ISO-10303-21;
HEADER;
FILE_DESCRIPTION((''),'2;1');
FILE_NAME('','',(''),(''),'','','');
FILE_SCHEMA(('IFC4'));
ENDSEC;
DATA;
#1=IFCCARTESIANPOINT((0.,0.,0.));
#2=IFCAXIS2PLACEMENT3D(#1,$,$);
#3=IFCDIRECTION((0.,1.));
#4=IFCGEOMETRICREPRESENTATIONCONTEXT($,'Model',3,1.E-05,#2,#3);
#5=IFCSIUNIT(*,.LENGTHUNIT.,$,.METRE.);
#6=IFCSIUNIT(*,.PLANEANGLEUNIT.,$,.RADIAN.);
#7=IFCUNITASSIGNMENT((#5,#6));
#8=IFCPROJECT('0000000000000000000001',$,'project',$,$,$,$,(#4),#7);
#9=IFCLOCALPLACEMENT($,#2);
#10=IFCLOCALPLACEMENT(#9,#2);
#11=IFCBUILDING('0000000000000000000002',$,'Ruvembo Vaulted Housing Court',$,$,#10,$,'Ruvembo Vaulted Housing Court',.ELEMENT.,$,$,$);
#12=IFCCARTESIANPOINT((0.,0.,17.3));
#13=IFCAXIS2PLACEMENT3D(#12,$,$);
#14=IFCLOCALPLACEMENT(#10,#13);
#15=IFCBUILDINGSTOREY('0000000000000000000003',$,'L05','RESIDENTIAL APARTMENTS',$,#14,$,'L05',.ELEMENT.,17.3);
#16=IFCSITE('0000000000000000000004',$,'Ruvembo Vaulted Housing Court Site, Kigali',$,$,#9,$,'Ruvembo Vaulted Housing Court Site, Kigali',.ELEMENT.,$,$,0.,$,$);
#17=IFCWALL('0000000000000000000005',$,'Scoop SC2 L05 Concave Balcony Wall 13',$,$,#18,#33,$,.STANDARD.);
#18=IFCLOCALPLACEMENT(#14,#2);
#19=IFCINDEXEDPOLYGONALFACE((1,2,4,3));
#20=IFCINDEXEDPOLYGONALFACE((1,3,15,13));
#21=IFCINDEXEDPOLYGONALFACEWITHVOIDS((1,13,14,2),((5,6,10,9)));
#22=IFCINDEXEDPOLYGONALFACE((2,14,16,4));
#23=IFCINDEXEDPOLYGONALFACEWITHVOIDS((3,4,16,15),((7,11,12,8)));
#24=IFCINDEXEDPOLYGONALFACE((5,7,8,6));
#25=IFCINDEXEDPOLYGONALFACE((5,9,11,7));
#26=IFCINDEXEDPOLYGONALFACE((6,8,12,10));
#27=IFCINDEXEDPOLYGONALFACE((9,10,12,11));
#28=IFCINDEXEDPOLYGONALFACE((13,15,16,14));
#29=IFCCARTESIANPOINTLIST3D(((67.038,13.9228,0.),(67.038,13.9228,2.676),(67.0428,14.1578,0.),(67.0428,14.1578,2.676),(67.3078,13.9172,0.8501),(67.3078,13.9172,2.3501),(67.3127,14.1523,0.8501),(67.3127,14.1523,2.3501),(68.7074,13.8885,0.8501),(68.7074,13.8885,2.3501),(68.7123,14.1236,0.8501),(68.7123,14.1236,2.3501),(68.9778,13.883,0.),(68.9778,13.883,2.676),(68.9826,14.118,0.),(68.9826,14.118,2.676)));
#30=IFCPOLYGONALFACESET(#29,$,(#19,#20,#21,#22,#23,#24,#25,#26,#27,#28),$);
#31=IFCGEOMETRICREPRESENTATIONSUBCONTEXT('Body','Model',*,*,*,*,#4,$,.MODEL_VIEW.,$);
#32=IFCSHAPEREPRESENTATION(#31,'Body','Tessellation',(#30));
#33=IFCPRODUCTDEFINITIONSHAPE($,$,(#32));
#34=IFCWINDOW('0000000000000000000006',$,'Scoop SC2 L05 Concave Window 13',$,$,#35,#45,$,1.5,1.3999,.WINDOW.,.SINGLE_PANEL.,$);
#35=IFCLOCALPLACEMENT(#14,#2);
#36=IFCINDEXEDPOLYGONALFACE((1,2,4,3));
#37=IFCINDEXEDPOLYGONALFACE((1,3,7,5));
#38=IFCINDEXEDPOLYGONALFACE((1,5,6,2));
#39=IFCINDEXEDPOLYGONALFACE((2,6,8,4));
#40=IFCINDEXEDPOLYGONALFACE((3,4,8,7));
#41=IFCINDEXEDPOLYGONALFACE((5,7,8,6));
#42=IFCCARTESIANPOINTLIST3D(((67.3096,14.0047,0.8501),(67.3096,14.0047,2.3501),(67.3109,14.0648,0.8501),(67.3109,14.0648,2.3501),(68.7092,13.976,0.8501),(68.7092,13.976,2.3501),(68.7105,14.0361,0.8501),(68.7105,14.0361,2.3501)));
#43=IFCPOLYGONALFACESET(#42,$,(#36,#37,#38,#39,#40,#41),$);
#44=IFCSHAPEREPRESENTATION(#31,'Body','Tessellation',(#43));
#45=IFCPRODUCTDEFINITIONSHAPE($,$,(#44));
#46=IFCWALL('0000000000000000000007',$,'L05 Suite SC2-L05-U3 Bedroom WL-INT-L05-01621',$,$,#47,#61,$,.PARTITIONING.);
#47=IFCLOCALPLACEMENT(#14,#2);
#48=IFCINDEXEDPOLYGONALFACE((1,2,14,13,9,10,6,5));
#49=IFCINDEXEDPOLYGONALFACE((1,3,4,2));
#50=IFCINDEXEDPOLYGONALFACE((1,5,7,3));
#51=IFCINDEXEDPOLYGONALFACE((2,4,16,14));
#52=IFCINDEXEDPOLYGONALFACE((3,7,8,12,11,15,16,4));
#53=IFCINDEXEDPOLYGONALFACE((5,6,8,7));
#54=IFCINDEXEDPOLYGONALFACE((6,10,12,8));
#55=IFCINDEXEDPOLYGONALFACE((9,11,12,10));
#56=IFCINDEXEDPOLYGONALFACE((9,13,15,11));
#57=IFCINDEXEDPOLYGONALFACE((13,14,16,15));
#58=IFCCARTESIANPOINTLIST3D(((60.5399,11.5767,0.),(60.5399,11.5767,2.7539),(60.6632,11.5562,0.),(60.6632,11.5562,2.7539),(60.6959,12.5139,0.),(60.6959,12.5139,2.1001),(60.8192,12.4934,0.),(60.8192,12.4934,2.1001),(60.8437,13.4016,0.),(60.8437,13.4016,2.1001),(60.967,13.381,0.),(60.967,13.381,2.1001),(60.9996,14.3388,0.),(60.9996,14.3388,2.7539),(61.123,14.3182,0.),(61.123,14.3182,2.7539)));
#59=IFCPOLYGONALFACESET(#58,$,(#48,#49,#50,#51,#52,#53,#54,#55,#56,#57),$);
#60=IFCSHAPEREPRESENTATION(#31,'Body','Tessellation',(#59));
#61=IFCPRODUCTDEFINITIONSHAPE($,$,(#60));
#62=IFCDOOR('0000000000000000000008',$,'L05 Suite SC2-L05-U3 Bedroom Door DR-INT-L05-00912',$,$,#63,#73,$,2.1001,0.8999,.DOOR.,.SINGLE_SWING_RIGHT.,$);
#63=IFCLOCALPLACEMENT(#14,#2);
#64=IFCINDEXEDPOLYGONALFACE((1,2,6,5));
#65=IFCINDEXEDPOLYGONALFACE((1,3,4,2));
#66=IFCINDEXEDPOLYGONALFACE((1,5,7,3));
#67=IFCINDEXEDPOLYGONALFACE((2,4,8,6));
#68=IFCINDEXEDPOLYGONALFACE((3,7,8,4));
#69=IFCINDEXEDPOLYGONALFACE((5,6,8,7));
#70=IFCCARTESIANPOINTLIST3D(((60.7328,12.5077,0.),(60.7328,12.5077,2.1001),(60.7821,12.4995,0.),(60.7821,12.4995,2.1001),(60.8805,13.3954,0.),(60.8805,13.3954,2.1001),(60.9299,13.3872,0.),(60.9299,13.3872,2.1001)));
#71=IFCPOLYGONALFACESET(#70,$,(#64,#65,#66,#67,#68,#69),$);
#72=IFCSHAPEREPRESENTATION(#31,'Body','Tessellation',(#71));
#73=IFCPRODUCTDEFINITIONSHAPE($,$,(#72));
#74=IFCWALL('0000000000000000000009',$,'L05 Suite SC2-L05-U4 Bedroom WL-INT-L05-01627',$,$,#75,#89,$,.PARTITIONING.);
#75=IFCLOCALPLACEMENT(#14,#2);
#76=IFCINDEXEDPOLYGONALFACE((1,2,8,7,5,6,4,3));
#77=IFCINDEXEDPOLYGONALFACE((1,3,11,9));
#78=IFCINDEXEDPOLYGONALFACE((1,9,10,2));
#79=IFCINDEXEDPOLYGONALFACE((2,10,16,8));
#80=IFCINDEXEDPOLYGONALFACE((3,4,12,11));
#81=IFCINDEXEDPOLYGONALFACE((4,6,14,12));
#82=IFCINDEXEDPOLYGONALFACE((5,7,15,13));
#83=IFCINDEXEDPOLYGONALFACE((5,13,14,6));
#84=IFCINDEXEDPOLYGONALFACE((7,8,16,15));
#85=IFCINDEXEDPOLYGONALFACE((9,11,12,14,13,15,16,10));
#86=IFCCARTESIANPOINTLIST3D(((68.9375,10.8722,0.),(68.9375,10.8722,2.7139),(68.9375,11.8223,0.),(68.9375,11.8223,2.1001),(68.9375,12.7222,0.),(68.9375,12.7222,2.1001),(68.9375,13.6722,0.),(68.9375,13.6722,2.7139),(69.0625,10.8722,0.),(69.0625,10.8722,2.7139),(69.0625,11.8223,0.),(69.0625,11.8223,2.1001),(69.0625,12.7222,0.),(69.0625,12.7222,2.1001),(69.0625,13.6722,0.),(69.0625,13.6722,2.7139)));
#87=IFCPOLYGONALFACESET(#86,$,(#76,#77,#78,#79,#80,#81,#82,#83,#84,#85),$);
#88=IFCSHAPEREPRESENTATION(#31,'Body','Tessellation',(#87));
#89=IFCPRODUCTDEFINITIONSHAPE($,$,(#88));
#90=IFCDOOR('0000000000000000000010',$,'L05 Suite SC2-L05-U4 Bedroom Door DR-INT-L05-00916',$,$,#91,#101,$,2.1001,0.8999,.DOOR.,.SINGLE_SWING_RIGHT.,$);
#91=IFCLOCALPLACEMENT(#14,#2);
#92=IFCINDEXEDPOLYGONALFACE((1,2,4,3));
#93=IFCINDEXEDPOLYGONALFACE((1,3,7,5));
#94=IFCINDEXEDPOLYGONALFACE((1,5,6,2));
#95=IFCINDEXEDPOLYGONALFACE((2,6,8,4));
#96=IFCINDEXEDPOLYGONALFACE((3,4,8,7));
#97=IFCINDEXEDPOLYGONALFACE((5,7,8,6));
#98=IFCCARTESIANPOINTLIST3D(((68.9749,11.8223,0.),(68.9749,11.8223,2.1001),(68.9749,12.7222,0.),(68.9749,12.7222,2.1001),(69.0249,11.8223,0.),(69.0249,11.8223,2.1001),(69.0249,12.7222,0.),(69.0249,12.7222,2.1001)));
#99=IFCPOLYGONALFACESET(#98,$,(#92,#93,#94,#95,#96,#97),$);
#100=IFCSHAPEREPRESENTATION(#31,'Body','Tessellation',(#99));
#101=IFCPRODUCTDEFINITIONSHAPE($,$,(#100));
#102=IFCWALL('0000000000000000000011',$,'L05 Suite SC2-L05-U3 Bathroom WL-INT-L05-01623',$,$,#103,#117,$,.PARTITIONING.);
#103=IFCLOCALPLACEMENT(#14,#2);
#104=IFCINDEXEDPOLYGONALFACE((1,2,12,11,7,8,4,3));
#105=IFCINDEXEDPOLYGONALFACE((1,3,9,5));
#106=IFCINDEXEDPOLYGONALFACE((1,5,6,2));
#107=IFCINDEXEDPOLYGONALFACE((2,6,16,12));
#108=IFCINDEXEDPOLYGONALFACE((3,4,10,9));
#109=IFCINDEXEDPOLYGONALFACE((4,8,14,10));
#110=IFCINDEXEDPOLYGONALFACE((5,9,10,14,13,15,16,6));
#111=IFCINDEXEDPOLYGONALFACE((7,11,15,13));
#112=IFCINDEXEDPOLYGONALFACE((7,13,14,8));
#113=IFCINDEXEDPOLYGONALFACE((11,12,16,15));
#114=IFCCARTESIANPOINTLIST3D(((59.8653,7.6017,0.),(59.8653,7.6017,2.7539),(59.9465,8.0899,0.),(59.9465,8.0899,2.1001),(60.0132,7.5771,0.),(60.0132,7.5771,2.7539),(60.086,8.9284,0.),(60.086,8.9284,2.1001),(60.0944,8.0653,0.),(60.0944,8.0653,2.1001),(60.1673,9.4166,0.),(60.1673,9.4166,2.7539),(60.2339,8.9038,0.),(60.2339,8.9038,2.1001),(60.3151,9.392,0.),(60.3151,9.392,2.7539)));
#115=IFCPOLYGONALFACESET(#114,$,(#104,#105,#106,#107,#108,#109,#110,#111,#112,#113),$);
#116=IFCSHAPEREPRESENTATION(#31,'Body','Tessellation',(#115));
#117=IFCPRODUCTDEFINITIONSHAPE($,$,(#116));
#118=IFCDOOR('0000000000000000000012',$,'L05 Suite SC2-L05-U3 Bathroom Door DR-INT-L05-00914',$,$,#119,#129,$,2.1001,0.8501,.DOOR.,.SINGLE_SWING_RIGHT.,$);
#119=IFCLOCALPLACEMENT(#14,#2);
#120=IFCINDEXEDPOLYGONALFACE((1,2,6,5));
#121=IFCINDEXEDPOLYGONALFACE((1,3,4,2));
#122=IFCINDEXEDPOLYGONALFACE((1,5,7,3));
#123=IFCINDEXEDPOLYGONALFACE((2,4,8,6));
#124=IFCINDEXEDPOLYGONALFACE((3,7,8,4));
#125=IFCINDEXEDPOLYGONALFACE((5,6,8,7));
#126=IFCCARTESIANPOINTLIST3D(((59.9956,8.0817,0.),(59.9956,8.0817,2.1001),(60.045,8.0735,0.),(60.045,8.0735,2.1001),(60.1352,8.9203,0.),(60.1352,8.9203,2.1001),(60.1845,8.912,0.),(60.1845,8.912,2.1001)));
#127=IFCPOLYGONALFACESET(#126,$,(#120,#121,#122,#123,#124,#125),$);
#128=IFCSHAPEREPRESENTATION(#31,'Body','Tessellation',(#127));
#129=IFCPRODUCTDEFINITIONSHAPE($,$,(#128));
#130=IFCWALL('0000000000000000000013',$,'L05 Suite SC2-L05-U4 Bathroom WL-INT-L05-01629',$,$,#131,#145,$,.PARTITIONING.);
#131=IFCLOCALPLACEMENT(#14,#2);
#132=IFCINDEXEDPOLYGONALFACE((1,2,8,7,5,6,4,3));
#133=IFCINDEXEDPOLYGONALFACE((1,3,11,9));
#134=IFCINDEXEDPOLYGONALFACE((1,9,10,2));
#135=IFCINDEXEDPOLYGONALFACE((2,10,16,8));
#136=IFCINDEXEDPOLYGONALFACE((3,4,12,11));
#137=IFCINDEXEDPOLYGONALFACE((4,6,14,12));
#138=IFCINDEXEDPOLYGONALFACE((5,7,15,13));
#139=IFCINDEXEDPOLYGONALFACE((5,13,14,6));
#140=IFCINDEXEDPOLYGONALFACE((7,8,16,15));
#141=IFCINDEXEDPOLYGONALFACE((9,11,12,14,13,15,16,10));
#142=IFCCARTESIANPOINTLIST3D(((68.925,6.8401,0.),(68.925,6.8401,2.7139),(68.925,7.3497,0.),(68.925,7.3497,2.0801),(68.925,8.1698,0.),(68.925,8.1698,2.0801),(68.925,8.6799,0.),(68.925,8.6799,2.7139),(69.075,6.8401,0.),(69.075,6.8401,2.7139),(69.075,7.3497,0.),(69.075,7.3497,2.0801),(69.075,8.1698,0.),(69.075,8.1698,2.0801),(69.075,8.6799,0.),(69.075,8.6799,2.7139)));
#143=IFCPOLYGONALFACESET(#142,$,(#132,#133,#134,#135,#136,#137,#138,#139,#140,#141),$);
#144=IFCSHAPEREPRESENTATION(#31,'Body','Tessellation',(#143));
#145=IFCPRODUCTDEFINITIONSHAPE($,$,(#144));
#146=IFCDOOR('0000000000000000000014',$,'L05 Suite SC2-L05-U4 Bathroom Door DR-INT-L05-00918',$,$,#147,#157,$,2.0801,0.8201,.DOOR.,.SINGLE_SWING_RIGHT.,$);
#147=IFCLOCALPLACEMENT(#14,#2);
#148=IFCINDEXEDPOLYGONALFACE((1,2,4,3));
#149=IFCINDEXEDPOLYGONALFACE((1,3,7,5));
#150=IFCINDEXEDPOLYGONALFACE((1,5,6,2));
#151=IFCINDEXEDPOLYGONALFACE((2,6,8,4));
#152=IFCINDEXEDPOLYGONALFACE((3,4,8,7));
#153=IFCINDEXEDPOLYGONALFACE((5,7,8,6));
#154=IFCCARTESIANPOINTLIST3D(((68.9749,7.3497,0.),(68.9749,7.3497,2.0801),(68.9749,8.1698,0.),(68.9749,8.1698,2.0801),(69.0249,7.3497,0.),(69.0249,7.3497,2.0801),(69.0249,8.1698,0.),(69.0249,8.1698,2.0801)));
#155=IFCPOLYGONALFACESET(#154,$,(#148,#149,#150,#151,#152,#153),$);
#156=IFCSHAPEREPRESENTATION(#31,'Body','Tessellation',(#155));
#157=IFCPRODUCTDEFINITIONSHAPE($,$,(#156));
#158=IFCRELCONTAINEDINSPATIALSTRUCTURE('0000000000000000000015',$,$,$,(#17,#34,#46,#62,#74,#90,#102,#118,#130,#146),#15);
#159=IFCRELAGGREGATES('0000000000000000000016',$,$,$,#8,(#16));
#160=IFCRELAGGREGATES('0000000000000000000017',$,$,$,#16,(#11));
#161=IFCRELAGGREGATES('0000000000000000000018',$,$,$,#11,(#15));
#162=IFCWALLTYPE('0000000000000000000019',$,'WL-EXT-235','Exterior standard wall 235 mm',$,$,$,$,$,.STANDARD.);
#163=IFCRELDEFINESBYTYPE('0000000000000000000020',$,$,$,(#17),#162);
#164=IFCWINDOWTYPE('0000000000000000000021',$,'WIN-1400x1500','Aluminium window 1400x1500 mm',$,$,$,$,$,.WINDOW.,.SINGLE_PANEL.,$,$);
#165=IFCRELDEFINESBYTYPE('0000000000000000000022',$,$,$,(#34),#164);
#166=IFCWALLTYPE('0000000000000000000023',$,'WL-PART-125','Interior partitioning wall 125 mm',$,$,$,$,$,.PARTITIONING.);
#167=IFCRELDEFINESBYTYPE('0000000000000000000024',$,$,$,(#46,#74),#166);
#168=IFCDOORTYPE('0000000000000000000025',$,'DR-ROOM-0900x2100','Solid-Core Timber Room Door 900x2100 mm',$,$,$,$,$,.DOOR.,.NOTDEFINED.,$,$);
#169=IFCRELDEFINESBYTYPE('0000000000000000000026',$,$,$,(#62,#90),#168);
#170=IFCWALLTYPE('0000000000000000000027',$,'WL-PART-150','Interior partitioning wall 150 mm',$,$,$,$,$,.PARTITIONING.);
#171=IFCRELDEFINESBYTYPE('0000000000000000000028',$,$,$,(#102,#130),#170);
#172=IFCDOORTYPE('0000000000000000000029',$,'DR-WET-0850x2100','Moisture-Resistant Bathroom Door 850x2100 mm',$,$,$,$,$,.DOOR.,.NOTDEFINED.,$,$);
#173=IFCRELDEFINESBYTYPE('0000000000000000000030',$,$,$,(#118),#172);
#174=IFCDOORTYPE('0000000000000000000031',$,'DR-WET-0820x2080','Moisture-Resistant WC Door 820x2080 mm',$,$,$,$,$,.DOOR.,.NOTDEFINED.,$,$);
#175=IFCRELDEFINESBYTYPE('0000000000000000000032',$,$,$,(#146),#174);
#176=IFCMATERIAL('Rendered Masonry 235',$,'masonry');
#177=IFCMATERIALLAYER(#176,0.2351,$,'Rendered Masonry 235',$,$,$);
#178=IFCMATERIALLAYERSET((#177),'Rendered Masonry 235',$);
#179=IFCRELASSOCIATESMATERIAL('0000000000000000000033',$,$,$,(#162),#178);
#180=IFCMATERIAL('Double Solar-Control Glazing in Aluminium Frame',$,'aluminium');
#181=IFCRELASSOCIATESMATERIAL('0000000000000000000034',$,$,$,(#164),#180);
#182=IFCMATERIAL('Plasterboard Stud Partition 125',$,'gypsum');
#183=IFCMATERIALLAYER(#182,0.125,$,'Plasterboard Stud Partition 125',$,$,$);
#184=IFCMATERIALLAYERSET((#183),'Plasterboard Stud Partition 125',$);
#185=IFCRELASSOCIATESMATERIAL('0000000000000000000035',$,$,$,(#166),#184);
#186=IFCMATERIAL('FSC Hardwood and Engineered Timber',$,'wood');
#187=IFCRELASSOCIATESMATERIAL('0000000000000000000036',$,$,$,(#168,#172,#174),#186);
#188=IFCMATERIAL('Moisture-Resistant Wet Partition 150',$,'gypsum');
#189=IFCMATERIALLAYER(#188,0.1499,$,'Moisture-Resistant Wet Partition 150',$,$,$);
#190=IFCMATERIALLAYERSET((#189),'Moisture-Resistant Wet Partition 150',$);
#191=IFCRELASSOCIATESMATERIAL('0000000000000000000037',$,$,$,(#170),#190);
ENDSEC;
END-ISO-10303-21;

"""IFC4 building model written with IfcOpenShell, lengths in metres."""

from ifc_helpers import new_model, si_unit, direction, frame, frame_2d, origin, place, context, subcontext, project, spatial, rectangle, extrude, material, layer, layer_set, type_object, element, fill, save


model = new_model("IFC4")

# Units and contexts
model_context = context("Model", 3, precision=1e-05, world=origin(), true_north=direction((0.0, 1.0)))
body_context = subcontext(model_context, "Body", "Model", "MODEL_VIEW")
ifc_project = project(units=[si_unit("LENGTHUNIT", "METRE"), si_unit("PLANEANGLEUNIT", "RADIAN")], contexts=[model_context])

# Site, building, storey
site_placement = place(None, origin())
site = spatial("IfcSite", under=ifc_project, at=site_placement, Name="Ruvembo Vaulted Housing Court Site, Kigali", LongName="Ruvembo Vaulted Housing Court Site, Kigali", CompositionType="ELEMENT", RefElevation=0.0)
building_placement = place(site_placement, origin())
building = spatial("IfcBuilding", under=site, at=building_placement, Name="Ruvembo Vaulted Housing Court", LongName="Ruvembo Vaulted Housing Court", CompositionType="ELEMENT")
storey_placement = place(building_placement, frame((0.0, 0.0, 17.3)))
storey = spatial("IfcBuildingStorey", under=building, at=storey_placement, Name="L05", Description="RESIDENTIAL APARTMENTS", LongName="L05", CompositionType="ELEMENT", Elevation=17.3)

# Shared definitions
ifc_material_1 = material(Name="Rendered Masonry 235", Category="masonry")
ifc_layer_1 = layer(ifc_material_1, 0.2351, Name="Rendered Masonry 235")
ifc_layer_set_1 = layer_set([ifc_layer_1], Name="Rendered Masonry 235")
wall_type_1 = type_object("IfcWallType", Name="WL-EXT-235", Description="Exterior standard wall 235 mm", PredefinedType="STANDARD", material=ifc_layer_set_1)
ifc_material_2 = material(Name="Double Solar-Control Glazing in Aluminium Frame", Category="aluminium")

# Wall, opening, window
wall_1_placement = place(storey_placement, frame((67.0403, 14.0403, 0.0), z_axis=(0.0, 0.0, 1.0), x_axis=(0.99979, -0.020512, 0.0)))
wall_1 = element("IfcWall", 1, at=wall_1_placement, inside=storey, type_object=wall_type_1, Name="Scoop SC2 L05 Concave Balcony Wall 13", PredefinedType="STANDARD", context=body_context, shape_type="SweptSolid", body=[
    extrude(rectangle(XDim=1.9402, YDim=0.2351, at=frame_2d((0.9702, 0.0))), origin(), (0.0, 0.0, 1.0), 2.676),
])
opening_1_placement = place(wall_1_placement, frame((0.27, 0.0, 0.8501)))
opening_1 = element("IfcOpeningElement", 2, at=opening_1_placement, cuts=wall_1, PredefinedType="OPENING", context=body_context, shape_type="SweptSolid", body=[
    extrude(rectangle(XDim=1.3999, YDim=1.5, at=frame_2d((0.7, 0.75))), frame((0.0, 0.1274, 0.0), z_axis=(0.0, -1.0, 0.0), x_axis=(1.0, 0.0, 0.0)), (0.0, 0.0, 1.0), 0.2551),
])
window_type_1 = type_object("IfcWindowType", Name="WIN-1400x1500", Description="Aluminium window 1400x1500 mm", PartitioningType="SINGLE_PANEL", PredefinedType="WINDOW", material=ifc_material_2)
window_1_placement = place(opening_1_placement, origin())
window_1 = element("IfcWindow", 3, at=window_1_placement, inside=storey, type_object=window_type_1, Name="Scoop SC2 L05 Concave Window 13", OverallHeight=1.5, OverallWidth=1.3999, PartitioningType="SINGLE_PANEL", PredefinedType="WINDOW", context=body_context, shape_type="SweptSolid", body=[
    extrude(rectangle(XDim=1.3999, YDim=1.5, at=frame_2d((0.7, 0.75))), frame((0.0, 0.03, 0.0), z_axis=(0.0, -1.0, 0.0), x_axis=(1.0, 0.0, 0.0)), (0.0, 0.0, 1.0), 0.0601),
])
fill(opening_1, window_1)

# Walls, openings, doors
ifc_material_3 = material(Name="Plasterboard Stud Partition 125", Category="gypsum")
ifc_layer_2 = layer(ifc_material_3, 0.125, Name="Plasterboard Stud Partition 125")
ifc_layer_set_2 = layer_set([ifc_layer_2], Name="Plasterboard Stud Partition 125")
wall_type_2 = type_object("IfcWallType", Name="WL-PART-125", Description="Interior partitioning wall 125 mm", PredefinedType="PARTITIONING", material=ifc_layer_set_2)
wall_2_placement = place(storey_placement, frame((61.0613, 14.3284, 0.0), z_axis=(0.0, 0.0, 1.0), x_axis=(-0.164187, -0.986429, 0.0)))
wall_2 = element("IfcWall", 4, at=wall_2_placement, inside=storey, type_object=wall_type_2, Name="L05 Suite SC2-L05-U3 Bedroom WL-INT-L05-01621", PredefinedType="PARTITIONING", context=body_context, shape_type="SweptSolid", body=[
    extrude(rectangle(XDim=2.8, YDim=0.125, at=frame_2d((1.3999, 0.0))), origin(), (0.0, 0.0, 1.0), 2.7539),
])
opening_2_placement = place(wall_2_placement, frame((0.95, 0.0, 0.0)))
opening_2 = element("IfcOpeningElement", 5, at=opening_2_placement, cuts=wall_2, PredefinedType="OPENING", context=body_context, shape_type="SweptSolid", body=[
    extrude(rectangle(XDim=0.8999, YDim=2.1001, at=frame_2d((0.45, 1.05))), frame((0.0, 0.0725, 0.0), z_axis=(0.0, -1.0, 0.0), x_axis=(1.0, 0.0, 0.0)), (0.0, 0.0, 1.0), 0.145),
])
ifc_material_4 = material(Name="FSC Hardwood and Engineered Timber", Category="wood")
door_type_1 = type_object("IfcDoorType", Name="DR-ROOM-0900x2100", Description="Solid-Core Timber Room Door 900x2100 mm", OperationType="NOTDEFINED", PredefinedType="DOOR", material=ifc_material_4)
door_1_placement = place(opening_2_placement, origin())
door_1 = element("IfcDoor", 6, at=door_1_placement, inside=storey, type_object=door_type_1, Name="L05 Suite SC2-L05-U3 Bedroom Door DR-INT-L05-00912", OperationType="SINGLE_SWING_RIGHT", OverallHeight=2.1001, OverallWidth=0.8999, PredefinedType="DOOR", context=body_context, shape_type="SweptSolid", body=[
    extrude(rectangle(XDim=0.8999, YDim=2.1001, at=frame_2d((0.45, 1.05))), frame((0.0, 0.0249, 0.0), z_axis=(0.0, -1.0, 0.0), x_axis=(1.0, 0.0, 0.0)), (0.0, 0.0, 1.0), 0.05),
])
fill(opening_2, door_1)
wall_3_placement = place(storey_placement, frame((69.0, 13.6721, 0.0), z_axis=(0.0, 0.0, 1.0), x_axis=(0.0, -1.0, 0.0)))
wall_3 = element("IfcWall", 7, at=wall_3_placement, inside=storey, type_object=wall_type_2, Name="L05 Suite SC2-L05-U4 Bedroom WL-INT-L05-01627", PredefinedType="PARTITIONING", context=body_context, shape_type="SweptSolid", body=[
    extrude(rectangle(XDim=2.8, YDim=0.125, at=frame_2d((1.3999, 0.0))), origin(), (0.0, 0.0, 1.0), 2.7139),
])
opening_3_placement = place(wall_3_placement, frame((0.95, 0.0, 0.0)))
opening_3 = element("IfcOpeningElement", 8, at=opening_3_placement, cuts=wall_3, PredefinedType="OPENING", context=body_context, shape_type="SweptSolid", body=[
    extrude(rectangle(XDim=0.8999, YDim=2.1001, at=frame_2d((0.45, 1.05))), frame((0.0, 0.0725, 0.0), z_axis=(0.0, -1.0, 0.0), x_axis=(1.0, 0.0, 0.0)), (0.0, 0.0, 1.0), 0.145),
])
door_2_placement = place(opening_3_placement, origin())
door_2 = element("IfcDoor", 9, at=door_2_placement, inside=storey, type_object=door_type_1, Name="L05 Suite SC2-L05-U4 Bedroom Door DR-INT-L05-00916", OperationType="SINGLE_SWING_RIGHT", OverallHeight=2.1001, OverallWidth=0.8999, PredefinedType="DOOR", context=body_context, shape_type="SweptSolid", body=[
    extrude(rectangle(XDim=0.8999, YDim=2.1001, at=frame_2d((0.45, 1.05))), frame((0.0, 0.0249, 0.0), z_axis=(0.0, -1.0, 0.0), x_axis=(1.0, 0.0, 0.0)), (0.0, 0.0, 1.0), 0.05),
])
fill(opening_3, door_2)
ifc_material_5 = material(Name="Moisture-Resistant Wet Partition 150", Category="gypsum")
ifc_layer_3 = layer(ifc_material_5, 0.1499, Name="Moisture-Resistant Wet Partition 150")
ifc_layer_set_3 = layer_set([ifc_layer_3], Name="Moisture-Resistant Wet Partition 150")
wall_type_3 = type_object("IfcWallType", Name="WL-PART-150", Description="Interior partitioning wall 150 mm", PredefinedType="PARTITIONING", material=ifc_layer_set_3)
wall_4_placement = place(storey_placement, frame((60.2412, 9.4043, 0.0), z_axis=(0.0, 0.0, 1.0), x_axis=(-0.164141, -0.986437, 0.0)))
wall_4 = element("IfcWall", 10, at=wall_4_placement, inside=storey, type_object=wall_type_3, Name="L05 Suite SC2-L05-U3 Bathroom WL-INT-L05-01623", PredefinedType="PARTITIONING", context=body_context, shape_type="SweptSolid", body=[
    extrude(rectangle(XDim=1.8398, YDim=0.1499, at=frame_2d((0.9199, 0.0))), origin(), (0.0, 0.0, 1.0), 2.7539),
])
opening_4_placement = place(wall_4_placement, frame((0.4949, 0.0, 0.0)))
opening_4 = element("IfcOpeningElement", 11, at=opening_4_placement, cuts=wall_4, PredefinedType="OPENING", context=body_context, shape_type="SweptSolid", body=[
    extrude(rectangle(XDim=0.8501, YDim=2.1001, at=frame_2d((0.425, 1.05))), frame((0.0, 0.085, 0.0), z_axis=(0.0, -1.0, 0.0), x_axis=(1.0, 0.0, 0.0)), (0.0, 0.0, 1.0), 0.1699),
])
door_type_2 = type_object("IfcDoorType", Name="DR-WET-0850x2100", Description="Moisture-Resistant Bathroom Door 850x2100 mm", OperationType="NOTDEFINED", PredefinedType="DOOR", material=ifc_material_4)
door_3_placement = place(opening_4_placement, origin())
door_3 = element("IfcDoor", 12, at=door_3_placement, inside=storey, type_object=door_type_2, Name="L05 Suite SC2-L05-U3 Bathroom Door DR-INT-L05-00914", OperationType="SINGLE_SWING_RIGHT", OverallHeight=2.1001, OverallWidth=0.8501, PredefinedType="DOOR", context=body_context, shape_type="SweptSolid", body=[
    extrude(rectangle(XDim=0.8501, YDim=2.1001, at=frame_2d((0.425, 1.05))), frame((0.0, 0.0249, 0.0), z_axis=(0.0, -1.0, 0.0), x_axis=(1.0, 0.0, 0.0)), (0.0, 0.0, 1.0), 0.05),
])
fill(opening_4, door_3)
wall_5_placement = place(storey_placement, frame((69.0, 8.6799, 0.0), z_axis=(0.0, 0.0, 1.0), x_axis=(0.0, -1.0, 0.0)))
wall_5 = element("IfcWall", 13, at=wall_5_placement, inside=storey, type_object=wall_type_3, Name="L05 Suite SC2-L05-U4 Bathroom WL-INT-L05-01629", PredefinedType="PARTITIONING", context=body_context, shape_type="SweptSolid", body=[
    extrude(rectangle(XDim=1.8398, YDim=0.1499, at=frame_2d((0.9199, 0.0))), origin(), (0.0, 0.0, 1.0), 2.7139),
])
opening_5_placement = place(wall_5_placement, frame((0.51, 0.0, 0.0)))
opening_5 = element("IfcOpeningElement", 14, at=opening_5_placement, cuts=wall_5, PredefinedType="OPENING", context=body_context, shape_type="SweptSolid", body=[
    extrude(rectangle(XDim=0.8201, YDim=2.0801, at=frame_2d((0.4102, 1.04))), frame((0.0, 0.085, 0.0), z_axis=(0.0, -1.0, 0.0), x_axis=(1.0, 0.0, 0.0)), (0.0, 0.0, 1.0), 0.1699),
])
door_type_3 = type_object("IfcDoorType", Name="DR-WET-0820x2080", Description="Moisture-Resistant WC Door 820x2080 mm", OperationType="NOTDEFINED", PredefinedType="DOOR", material=ifc_material_4)
door_4_placement = place(opening_5_placement, origin())
door_4 = element("IfcDoor", 15, at=door_4_placement, inside=storey, type_object=door_type_3, Name="L05 Suite SC2-L05-U4 Bathroom Door DR-INT-L05-00918", OperationType="SINGLE_SWING_RIGHT", OverallHeight=2.0801, OverallWidth=0.8201, PredefinedType="DOOR", context=body_context, shape_type="SweptSolid", body=[
    extrude(rectangle(XDim=0.8201, YDim=2.0801, at=frame_2d((0.4102, 1.04))), frame((0.0, 0.0249, 0.0), z_axis=(0.0, -1.0, 0.0), x_axis=(1.0, 0.0, 0.0)), (0.0, 0.0, 1.0), 0.05),
])
fill(opening_5, door_4)

save(model, "model.ifc")
